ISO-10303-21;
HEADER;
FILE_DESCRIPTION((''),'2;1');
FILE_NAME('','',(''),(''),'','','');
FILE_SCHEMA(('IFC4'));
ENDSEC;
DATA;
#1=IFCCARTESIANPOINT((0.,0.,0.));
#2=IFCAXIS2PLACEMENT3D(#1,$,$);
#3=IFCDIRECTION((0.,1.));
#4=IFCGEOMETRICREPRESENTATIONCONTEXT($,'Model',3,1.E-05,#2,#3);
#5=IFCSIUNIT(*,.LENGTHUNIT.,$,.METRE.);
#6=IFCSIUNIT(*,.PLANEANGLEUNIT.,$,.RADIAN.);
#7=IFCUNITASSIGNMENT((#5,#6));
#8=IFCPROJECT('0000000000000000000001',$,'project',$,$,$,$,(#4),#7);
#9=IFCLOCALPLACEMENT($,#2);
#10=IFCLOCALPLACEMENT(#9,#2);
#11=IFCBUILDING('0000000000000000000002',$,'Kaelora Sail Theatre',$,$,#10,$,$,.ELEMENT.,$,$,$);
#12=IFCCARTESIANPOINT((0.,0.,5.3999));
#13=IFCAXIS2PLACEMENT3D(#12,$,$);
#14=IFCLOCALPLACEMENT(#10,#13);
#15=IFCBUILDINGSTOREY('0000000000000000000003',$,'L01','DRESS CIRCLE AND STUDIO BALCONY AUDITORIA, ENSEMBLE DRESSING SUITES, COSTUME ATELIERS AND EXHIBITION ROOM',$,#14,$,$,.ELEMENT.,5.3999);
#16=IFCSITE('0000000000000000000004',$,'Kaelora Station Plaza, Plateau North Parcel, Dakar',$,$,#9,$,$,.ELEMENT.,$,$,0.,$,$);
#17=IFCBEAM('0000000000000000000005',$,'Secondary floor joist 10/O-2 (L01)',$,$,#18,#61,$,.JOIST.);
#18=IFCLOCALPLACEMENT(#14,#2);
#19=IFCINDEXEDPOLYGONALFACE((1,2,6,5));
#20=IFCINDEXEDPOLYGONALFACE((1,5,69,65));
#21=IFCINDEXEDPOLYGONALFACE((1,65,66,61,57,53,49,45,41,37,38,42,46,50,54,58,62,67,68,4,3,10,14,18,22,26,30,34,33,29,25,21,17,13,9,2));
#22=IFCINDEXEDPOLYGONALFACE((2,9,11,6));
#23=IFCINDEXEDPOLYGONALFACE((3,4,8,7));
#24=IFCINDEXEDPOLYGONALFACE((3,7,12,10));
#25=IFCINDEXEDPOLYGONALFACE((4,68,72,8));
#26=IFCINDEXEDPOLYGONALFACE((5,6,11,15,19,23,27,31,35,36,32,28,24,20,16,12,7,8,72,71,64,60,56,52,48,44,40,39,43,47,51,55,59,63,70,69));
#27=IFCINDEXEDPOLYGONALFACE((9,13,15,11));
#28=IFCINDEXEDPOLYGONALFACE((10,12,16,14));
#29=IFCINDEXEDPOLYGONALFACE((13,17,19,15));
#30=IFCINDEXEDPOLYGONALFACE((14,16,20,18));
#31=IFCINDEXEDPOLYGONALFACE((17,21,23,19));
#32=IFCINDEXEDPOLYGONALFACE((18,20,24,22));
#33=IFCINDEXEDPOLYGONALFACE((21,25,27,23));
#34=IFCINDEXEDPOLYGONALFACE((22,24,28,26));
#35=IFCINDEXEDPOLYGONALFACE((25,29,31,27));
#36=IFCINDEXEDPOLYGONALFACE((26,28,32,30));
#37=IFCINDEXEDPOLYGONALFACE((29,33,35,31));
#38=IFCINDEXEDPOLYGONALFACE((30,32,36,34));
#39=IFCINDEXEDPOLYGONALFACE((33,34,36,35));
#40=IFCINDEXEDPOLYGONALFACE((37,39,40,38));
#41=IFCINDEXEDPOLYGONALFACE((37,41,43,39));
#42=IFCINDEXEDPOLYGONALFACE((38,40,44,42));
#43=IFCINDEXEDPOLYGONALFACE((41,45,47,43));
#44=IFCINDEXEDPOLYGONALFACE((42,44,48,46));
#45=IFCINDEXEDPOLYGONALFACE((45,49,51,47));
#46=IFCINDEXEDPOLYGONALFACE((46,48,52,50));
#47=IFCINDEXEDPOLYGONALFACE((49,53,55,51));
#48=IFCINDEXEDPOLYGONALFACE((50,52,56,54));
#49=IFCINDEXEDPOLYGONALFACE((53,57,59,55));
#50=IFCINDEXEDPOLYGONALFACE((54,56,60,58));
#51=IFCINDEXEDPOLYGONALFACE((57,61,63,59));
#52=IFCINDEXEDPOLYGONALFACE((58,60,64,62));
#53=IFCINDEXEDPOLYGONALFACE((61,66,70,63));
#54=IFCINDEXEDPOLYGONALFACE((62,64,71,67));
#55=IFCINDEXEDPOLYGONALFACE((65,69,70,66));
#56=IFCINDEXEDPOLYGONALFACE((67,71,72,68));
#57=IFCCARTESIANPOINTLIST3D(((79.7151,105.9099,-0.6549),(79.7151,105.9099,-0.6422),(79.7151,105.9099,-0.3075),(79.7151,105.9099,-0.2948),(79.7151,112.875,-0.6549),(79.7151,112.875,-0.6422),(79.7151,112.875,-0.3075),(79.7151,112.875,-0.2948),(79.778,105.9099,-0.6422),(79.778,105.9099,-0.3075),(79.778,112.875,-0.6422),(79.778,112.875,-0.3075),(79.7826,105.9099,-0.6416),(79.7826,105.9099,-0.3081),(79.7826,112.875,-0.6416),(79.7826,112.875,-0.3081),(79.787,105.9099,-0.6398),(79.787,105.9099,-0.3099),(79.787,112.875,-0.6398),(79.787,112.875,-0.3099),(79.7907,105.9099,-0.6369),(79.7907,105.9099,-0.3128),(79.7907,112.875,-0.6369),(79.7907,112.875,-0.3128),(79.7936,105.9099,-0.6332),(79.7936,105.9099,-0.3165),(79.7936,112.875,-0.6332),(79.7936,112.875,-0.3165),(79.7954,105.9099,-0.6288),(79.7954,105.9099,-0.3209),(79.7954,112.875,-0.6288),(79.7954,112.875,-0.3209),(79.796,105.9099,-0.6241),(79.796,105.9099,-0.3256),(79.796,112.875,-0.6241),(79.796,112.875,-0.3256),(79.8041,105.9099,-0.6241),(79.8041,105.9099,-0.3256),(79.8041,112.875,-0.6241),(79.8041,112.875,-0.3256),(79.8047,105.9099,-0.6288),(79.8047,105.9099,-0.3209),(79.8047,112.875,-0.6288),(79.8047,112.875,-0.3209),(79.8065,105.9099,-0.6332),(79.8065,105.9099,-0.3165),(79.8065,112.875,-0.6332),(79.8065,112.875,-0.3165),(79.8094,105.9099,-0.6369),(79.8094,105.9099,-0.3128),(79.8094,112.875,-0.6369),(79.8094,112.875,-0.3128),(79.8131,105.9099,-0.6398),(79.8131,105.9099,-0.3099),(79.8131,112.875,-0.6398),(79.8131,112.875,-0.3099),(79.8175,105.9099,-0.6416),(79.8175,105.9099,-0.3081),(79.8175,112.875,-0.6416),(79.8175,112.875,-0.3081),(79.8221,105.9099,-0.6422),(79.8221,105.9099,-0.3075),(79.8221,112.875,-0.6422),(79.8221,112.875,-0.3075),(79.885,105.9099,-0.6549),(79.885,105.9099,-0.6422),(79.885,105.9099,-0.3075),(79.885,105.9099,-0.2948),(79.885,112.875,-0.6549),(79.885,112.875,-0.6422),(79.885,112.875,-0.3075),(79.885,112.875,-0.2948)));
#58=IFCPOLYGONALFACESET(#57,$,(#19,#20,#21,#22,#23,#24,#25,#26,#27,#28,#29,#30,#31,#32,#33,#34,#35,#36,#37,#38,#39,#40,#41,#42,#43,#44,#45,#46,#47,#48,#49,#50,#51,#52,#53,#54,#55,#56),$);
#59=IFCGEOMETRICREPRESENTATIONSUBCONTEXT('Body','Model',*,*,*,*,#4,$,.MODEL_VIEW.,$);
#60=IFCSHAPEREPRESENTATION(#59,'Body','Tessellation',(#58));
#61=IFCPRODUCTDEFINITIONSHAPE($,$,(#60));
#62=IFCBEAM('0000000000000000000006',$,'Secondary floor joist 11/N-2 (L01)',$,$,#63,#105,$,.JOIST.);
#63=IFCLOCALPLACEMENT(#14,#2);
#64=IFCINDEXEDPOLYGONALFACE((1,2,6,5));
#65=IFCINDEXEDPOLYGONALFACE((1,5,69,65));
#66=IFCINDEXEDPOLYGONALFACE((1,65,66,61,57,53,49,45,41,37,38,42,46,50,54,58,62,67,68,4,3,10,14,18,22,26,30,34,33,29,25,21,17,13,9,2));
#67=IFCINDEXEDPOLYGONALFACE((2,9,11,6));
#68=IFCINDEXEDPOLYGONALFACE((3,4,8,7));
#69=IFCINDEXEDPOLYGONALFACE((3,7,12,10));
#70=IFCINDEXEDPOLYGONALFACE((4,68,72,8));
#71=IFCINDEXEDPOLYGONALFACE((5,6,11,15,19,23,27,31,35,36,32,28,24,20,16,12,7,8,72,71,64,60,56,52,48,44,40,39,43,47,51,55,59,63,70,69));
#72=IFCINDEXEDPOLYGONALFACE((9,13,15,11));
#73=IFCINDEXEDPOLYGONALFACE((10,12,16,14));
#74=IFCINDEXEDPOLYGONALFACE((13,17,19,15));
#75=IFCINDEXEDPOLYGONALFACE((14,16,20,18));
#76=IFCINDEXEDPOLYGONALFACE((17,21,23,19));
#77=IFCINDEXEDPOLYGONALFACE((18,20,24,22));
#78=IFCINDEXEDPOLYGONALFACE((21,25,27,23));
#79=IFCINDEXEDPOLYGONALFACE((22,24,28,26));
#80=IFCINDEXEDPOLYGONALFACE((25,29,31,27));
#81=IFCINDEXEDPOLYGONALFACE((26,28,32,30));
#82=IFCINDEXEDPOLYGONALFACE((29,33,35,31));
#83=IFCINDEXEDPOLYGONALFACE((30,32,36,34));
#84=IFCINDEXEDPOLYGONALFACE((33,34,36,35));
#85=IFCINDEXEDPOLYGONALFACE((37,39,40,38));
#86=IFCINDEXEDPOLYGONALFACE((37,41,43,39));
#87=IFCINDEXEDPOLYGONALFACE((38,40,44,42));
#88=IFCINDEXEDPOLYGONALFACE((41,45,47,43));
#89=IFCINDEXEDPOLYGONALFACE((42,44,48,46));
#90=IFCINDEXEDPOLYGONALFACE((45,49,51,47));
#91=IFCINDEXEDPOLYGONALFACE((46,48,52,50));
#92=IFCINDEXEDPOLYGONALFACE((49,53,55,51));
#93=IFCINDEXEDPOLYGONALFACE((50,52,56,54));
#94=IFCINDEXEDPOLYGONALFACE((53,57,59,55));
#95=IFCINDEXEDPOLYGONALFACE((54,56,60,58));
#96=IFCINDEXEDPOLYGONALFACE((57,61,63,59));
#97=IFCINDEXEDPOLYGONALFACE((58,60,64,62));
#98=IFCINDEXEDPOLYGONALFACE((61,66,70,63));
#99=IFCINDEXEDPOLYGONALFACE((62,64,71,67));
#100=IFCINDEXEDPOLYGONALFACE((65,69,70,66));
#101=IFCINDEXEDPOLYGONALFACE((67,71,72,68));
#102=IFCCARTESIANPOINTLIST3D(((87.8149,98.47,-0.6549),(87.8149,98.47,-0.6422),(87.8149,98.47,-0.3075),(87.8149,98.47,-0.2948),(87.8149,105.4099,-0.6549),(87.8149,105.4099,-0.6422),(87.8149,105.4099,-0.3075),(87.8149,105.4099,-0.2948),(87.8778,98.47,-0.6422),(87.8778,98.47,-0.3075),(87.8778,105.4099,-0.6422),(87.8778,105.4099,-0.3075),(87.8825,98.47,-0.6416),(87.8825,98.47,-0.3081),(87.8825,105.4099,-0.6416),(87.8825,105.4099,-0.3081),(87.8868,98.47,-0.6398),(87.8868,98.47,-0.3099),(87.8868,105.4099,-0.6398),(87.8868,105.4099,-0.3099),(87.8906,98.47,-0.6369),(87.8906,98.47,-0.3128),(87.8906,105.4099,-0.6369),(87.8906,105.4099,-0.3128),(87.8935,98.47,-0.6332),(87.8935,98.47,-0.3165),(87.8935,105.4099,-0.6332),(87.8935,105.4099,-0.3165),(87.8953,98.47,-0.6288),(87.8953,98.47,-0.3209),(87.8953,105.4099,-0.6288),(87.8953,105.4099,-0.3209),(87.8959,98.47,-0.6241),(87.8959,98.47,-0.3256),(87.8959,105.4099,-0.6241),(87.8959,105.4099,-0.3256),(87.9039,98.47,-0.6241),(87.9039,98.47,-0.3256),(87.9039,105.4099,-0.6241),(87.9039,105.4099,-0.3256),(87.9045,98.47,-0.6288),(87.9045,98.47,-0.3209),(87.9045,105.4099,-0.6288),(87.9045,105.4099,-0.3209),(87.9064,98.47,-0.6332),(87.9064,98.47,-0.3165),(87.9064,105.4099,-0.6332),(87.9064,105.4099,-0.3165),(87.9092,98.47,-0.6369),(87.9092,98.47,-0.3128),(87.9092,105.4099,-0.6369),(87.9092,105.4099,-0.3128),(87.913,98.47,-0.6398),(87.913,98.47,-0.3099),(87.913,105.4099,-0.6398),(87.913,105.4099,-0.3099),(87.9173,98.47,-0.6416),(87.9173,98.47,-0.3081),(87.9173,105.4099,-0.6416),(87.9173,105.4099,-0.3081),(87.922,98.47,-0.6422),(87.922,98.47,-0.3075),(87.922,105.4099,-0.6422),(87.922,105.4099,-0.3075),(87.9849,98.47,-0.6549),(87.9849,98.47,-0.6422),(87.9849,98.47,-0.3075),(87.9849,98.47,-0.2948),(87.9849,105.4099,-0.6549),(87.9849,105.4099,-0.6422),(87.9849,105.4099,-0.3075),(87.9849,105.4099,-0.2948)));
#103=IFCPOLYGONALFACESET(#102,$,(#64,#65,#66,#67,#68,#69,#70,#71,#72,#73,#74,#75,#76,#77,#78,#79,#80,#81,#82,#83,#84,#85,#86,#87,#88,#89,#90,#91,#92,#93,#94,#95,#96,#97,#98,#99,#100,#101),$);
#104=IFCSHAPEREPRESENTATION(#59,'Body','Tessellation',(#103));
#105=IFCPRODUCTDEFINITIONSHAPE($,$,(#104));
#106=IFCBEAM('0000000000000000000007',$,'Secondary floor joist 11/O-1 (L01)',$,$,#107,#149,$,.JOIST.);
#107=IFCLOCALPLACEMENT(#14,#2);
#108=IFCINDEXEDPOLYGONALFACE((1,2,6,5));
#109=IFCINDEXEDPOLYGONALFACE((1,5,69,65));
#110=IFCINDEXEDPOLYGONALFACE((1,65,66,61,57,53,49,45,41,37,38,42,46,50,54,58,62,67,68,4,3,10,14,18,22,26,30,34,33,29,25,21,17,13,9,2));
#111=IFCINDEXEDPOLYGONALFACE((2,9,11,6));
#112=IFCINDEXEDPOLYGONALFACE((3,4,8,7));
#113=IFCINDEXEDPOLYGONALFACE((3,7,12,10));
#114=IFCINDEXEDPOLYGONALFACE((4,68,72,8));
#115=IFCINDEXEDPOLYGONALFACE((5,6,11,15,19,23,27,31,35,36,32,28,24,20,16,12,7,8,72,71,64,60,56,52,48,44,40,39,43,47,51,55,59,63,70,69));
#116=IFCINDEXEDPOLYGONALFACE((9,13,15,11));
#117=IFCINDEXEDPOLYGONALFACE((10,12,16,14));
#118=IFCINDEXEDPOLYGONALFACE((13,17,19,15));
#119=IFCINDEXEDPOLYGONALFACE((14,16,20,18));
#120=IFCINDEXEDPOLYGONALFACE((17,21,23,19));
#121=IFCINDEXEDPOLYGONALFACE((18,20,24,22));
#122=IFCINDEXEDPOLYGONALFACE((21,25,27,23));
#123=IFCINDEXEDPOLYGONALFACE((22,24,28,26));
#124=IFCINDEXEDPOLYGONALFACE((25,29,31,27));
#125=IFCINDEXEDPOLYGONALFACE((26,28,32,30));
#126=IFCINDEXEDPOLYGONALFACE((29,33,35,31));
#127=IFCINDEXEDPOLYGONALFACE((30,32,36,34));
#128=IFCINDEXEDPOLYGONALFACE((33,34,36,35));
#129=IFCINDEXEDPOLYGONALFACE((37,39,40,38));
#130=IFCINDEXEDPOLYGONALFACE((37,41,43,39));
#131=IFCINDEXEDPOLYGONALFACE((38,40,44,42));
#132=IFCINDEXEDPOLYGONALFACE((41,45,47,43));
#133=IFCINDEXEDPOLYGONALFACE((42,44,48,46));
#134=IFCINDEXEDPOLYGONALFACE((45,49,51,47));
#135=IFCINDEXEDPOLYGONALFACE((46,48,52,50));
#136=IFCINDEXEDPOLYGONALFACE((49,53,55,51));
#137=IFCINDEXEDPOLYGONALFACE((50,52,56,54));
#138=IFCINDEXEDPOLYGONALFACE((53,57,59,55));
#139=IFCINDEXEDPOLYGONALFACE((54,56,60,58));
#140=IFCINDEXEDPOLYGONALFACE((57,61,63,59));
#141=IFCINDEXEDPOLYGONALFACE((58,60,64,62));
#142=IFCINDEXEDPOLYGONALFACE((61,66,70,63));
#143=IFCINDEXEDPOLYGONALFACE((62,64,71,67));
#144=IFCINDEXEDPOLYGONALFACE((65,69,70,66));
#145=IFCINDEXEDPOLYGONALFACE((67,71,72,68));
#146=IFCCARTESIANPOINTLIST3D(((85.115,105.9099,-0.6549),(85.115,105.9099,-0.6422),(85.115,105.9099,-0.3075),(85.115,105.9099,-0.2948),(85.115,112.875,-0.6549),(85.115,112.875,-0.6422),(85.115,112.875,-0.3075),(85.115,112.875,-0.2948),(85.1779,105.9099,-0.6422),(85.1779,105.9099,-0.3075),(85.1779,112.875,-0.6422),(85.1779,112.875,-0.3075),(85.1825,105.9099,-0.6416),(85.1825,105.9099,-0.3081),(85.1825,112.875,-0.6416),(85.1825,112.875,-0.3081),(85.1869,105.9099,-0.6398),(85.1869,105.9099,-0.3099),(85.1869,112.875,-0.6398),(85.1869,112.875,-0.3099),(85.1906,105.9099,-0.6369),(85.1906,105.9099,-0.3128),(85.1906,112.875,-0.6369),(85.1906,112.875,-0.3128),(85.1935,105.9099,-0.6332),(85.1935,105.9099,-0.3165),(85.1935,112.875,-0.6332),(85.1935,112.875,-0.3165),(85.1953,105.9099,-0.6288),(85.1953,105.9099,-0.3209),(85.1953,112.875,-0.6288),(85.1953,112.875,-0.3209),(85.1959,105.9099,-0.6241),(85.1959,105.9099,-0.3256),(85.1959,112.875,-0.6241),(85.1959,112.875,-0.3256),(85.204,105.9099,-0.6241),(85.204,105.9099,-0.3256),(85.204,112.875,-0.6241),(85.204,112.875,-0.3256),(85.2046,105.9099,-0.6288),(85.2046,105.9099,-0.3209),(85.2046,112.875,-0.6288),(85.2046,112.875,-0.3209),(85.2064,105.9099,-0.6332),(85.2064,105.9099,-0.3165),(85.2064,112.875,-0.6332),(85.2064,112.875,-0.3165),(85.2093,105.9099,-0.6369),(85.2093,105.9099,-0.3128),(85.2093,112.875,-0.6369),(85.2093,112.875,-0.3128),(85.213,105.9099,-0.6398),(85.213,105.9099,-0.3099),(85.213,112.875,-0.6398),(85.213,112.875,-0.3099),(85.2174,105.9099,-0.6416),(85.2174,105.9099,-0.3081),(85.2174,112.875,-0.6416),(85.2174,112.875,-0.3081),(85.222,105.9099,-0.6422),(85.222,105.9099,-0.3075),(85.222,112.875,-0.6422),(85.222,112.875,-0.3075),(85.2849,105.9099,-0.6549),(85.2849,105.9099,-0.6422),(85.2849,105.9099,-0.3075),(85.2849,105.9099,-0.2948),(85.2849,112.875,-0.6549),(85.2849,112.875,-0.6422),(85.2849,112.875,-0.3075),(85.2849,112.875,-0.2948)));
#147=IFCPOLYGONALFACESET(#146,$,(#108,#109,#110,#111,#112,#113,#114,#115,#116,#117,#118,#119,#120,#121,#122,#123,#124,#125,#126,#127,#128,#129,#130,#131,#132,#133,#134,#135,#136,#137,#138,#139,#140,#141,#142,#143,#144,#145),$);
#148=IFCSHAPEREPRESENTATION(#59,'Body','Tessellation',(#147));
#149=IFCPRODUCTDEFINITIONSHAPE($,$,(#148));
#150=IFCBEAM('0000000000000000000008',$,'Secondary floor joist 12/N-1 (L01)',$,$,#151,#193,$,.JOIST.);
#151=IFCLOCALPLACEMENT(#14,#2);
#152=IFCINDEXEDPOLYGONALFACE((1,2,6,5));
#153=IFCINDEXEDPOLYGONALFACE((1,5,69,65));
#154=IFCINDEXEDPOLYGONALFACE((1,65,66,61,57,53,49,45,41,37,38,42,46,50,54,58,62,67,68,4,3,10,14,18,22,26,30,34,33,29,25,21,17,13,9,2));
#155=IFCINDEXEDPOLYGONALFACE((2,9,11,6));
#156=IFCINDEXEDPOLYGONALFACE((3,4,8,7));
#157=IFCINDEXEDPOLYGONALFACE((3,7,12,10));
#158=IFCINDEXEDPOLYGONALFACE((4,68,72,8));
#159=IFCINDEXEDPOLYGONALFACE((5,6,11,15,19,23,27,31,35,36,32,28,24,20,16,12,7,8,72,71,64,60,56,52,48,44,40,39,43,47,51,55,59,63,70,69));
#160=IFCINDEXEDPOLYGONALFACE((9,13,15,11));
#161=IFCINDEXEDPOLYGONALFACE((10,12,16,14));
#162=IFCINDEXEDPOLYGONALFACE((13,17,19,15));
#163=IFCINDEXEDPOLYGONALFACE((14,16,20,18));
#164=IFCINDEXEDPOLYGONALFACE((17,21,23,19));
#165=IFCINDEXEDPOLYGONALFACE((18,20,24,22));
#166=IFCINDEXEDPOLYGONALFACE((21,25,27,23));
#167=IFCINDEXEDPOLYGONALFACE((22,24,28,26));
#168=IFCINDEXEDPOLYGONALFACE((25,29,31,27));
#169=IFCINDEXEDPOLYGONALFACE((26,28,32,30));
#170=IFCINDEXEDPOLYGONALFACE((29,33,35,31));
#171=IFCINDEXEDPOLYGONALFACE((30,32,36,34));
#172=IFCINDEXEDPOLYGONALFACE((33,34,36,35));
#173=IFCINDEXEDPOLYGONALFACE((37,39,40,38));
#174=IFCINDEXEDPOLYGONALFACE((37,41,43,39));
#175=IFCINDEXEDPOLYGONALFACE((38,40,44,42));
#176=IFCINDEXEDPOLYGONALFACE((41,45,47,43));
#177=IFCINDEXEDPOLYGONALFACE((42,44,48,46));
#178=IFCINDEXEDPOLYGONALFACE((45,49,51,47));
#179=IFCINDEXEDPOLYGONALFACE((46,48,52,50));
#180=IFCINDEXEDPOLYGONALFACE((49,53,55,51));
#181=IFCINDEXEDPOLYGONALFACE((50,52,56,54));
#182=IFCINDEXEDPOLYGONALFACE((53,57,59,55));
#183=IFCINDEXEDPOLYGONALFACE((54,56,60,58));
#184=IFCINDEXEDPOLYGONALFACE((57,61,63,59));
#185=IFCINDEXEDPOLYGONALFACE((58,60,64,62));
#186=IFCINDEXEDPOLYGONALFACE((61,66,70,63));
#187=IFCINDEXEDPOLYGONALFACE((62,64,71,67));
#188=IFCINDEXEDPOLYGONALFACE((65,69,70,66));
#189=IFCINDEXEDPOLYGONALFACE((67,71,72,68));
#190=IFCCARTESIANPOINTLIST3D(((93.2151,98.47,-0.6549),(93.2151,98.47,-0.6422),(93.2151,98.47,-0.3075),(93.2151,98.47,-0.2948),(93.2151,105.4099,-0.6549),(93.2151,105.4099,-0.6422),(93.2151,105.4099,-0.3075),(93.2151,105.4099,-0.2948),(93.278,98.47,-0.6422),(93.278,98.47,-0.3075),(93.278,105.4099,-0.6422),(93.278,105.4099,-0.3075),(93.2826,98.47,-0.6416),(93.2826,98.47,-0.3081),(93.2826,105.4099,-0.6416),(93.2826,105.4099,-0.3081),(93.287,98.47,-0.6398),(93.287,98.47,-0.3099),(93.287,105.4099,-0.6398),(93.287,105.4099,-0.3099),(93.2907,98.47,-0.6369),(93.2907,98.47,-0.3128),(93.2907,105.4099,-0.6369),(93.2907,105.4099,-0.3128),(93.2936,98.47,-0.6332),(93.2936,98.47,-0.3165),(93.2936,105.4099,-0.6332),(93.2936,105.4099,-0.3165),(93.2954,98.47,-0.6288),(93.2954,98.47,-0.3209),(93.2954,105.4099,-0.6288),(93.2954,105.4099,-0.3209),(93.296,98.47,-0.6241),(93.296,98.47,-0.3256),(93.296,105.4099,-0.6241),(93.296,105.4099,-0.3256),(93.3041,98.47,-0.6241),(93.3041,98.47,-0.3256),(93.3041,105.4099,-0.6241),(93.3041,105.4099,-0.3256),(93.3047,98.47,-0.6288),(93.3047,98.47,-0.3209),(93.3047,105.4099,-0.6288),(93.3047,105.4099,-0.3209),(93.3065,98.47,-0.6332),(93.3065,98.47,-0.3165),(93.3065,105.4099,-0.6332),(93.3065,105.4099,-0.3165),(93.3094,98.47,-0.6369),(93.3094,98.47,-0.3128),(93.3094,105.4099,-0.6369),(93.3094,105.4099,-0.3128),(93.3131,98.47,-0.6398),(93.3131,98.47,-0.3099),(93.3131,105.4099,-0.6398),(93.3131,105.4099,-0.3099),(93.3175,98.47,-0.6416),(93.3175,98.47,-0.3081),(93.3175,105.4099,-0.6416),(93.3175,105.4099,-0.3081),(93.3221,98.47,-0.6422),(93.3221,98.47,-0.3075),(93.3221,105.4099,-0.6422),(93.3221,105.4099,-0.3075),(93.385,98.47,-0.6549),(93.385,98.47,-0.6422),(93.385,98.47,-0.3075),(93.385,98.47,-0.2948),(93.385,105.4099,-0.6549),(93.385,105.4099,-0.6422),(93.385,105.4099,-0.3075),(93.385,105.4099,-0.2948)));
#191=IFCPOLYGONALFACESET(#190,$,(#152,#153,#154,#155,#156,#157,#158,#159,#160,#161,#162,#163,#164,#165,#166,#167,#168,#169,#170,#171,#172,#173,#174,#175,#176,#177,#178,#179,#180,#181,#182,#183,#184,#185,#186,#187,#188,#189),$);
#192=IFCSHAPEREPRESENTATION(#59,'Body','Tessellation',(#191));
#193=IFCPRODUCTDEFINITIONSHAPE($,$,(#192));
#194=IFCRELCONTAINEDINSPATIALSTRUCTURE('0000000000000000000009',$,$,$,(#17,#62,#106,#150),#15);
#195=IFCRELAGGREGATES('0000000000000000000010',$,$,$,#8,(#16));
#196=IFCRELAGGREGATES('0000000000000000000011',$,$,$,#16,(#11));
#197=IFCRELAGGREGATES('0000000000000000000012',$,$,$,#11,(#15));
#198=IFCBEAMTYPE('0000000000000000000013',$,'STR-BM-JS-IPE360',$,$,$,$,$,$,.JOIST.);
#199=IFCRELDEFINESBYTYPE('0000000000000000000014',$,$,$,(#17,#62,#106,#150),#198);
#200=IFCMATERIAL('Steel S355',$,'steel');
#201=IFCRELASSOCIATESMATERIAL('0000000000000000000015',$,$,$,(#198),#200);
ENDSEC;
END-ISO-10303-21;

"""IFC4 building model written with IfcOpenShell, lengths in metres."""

from ifc_helpers import new_model, si_unit, direction, frame, origin, origin_2d, place, context, subcontext, project, spatial, i_section, extrude, material, material_profile, profile_set, type_object, element, save


model = new_model("IFC4")

# Units and contexts
model_context = context("Model", 3, precision=1e-05, world=origin(), true_north=direction((0.0, 1.0)))
body_context = subcontext(model_context, "Body", "Model", "MODEL_VIEW")
ifc_project = project(units=[si_unit("LENGTHUNIT", "METRE"), si_unit("PLANEANGLEUNIT", "RADIAN")], contexts=[model_context])

# Site, building, storey
site_placement = place(None, origin())
site = spatial("IfcSite", under=ifc_project, at=site_placement, Name="Kaelora Station Plaza, Plateau North Parcel, Dakar", CompositionType="ELEMENT", RefElevation=0.0)
building_placement = place(site_placement, origin())
building = spatial("IfcBuilding", under=site, at=building_placement, Name="Kaelora Sail Theatre", CompositionType="ELEMENT")
storey_placement = place(building_placement, frame((0.0, 0.0, 5.3999)))
storey = spatial("IfcBuildingStorey", under=building, at=storey_placement, Name="L01", Description="DRESS CIRCLE AND STUDIO BALCONY AUDITORIA, ENSEMBLE DRESSING SUITES, COSTUME ATELIERS AND EXHIBITION ROOM", CompositionType="ELEMENT", Elevation=5.3999)

# Beams
ifc_material_1 = material(Name="Steel S355", Category="steel")
ifc_material_profile_1 = material_profile(ifc_material_1, i_section(OverallWidth=0.1699, OverallDepth=0.3601, WebThickness=0.0081, FlangeThickness=0.0127, FilletRadius=0.0181, at=origin_2d()), Name="IPE 360")
ifc_profile_set_1 = profile_set([ifc_material_profile_1], Name="Steel S355")
beam_type_1 = type_object("IfcBeamType", Name="STR-BM-JS-IPE360", PredefinedType="JOIST", material=ifc_profile_set_1)
beam_1_placement = place(storey_placement, frame((79.8, 105.9099, -0.4749), z_axis=(0.0, 1.0, 0.0), x_axis=(-1.0, 0.0, 0.0)))
element("IfcBeam", 1, at=beam_1_placement, inside=storey, type_object=beam_type_1, Name="Secondary floor joist 10/O-2 (L01)", PredefinedType="JOIST", context=body_context, shape_type="SweptSolid", body=[
    extrude(i_section(OverallWidth=0.1699, OverallDepth=0.3601, WebThickness=0.0081, FlangeThickness=0.0127, FilletRadius=0.0181, at=origin_2d()), origin(), (0.0, 0.0, 1.0), 6.9651),
])
beam_2_placement = place(storey_placement, frame((87.8999, 98.47, -0.4749), z_axis=(0.0, 1.0, 0.0), x_axis=(-1.0, 0.0, 0.0)))
element("IfcBeam", 2, at=beam_2_placement, inside=storey, type_object=beam_type_1, Name="Secondary floor joist 11/N-2 (L01)", PredefinedType="JOIST", context=body_context, shape_type="SweptSolid", body=[
    extrude(i_section(OverallWidth=0.1699, OverallDepth=0.3601, WebThickness=0.0081, FlangeThickness=0.0127, FilletRadius=0.0181, at=origin_2d()), origin(), (0.0, 0.0, 1.0), 6.9399),
])
beam_3_placement = place(storey_placement, frame((85.2, 105.9099, -0.4749), z_axis=(0.0, 1.0, 0.0), x_axis=(-1.0, 0.0, 0.0)))
element("IfcBeam", 3, at=beam_3_placement, inside=storey, type_object=beam_type_1, Name="Secondary floor joist 11/O-1 (L01)", PredefinedType="JOIST", context=body_context, shape_type="SweptSolid", body=[
    extrude(i_section(OverallWidth=0.1699, OverallDepth=0.3601, WebThickness=0.0081, FlangeThickness=0.0127, FilletRadius=0.0181, at=origin_2d()), origin(), (0.0, 0.0, 1.0), 6.9651),
])
beam_4_placement = place(storey_placement, frame((93.3, 98.47, -0.4749), z_axis=(0.0, 1.0, 0.0), x_axis=(-1.0, 0.0, 0.0)))
element("IfcBeam", 4, at=beam_4_placement, inside=storey, type_object=beam_type_1, Name="Secondary floor joist 12/N-1 (L01)", PredefinedType="JOIST", context=body_context, shape_type="SweptSolid", body=[
    extrude(i_section(OverallWidth=0.1699, OverallDepth=0.3601, WebThickness=0.0081, FlangeThickness=0.0127, FilletRadius=0.0181, at=origin_2d()), origin(), (0.0, 0.0, 1.0), 6.9399),
])

save(model, "model.ifc")
